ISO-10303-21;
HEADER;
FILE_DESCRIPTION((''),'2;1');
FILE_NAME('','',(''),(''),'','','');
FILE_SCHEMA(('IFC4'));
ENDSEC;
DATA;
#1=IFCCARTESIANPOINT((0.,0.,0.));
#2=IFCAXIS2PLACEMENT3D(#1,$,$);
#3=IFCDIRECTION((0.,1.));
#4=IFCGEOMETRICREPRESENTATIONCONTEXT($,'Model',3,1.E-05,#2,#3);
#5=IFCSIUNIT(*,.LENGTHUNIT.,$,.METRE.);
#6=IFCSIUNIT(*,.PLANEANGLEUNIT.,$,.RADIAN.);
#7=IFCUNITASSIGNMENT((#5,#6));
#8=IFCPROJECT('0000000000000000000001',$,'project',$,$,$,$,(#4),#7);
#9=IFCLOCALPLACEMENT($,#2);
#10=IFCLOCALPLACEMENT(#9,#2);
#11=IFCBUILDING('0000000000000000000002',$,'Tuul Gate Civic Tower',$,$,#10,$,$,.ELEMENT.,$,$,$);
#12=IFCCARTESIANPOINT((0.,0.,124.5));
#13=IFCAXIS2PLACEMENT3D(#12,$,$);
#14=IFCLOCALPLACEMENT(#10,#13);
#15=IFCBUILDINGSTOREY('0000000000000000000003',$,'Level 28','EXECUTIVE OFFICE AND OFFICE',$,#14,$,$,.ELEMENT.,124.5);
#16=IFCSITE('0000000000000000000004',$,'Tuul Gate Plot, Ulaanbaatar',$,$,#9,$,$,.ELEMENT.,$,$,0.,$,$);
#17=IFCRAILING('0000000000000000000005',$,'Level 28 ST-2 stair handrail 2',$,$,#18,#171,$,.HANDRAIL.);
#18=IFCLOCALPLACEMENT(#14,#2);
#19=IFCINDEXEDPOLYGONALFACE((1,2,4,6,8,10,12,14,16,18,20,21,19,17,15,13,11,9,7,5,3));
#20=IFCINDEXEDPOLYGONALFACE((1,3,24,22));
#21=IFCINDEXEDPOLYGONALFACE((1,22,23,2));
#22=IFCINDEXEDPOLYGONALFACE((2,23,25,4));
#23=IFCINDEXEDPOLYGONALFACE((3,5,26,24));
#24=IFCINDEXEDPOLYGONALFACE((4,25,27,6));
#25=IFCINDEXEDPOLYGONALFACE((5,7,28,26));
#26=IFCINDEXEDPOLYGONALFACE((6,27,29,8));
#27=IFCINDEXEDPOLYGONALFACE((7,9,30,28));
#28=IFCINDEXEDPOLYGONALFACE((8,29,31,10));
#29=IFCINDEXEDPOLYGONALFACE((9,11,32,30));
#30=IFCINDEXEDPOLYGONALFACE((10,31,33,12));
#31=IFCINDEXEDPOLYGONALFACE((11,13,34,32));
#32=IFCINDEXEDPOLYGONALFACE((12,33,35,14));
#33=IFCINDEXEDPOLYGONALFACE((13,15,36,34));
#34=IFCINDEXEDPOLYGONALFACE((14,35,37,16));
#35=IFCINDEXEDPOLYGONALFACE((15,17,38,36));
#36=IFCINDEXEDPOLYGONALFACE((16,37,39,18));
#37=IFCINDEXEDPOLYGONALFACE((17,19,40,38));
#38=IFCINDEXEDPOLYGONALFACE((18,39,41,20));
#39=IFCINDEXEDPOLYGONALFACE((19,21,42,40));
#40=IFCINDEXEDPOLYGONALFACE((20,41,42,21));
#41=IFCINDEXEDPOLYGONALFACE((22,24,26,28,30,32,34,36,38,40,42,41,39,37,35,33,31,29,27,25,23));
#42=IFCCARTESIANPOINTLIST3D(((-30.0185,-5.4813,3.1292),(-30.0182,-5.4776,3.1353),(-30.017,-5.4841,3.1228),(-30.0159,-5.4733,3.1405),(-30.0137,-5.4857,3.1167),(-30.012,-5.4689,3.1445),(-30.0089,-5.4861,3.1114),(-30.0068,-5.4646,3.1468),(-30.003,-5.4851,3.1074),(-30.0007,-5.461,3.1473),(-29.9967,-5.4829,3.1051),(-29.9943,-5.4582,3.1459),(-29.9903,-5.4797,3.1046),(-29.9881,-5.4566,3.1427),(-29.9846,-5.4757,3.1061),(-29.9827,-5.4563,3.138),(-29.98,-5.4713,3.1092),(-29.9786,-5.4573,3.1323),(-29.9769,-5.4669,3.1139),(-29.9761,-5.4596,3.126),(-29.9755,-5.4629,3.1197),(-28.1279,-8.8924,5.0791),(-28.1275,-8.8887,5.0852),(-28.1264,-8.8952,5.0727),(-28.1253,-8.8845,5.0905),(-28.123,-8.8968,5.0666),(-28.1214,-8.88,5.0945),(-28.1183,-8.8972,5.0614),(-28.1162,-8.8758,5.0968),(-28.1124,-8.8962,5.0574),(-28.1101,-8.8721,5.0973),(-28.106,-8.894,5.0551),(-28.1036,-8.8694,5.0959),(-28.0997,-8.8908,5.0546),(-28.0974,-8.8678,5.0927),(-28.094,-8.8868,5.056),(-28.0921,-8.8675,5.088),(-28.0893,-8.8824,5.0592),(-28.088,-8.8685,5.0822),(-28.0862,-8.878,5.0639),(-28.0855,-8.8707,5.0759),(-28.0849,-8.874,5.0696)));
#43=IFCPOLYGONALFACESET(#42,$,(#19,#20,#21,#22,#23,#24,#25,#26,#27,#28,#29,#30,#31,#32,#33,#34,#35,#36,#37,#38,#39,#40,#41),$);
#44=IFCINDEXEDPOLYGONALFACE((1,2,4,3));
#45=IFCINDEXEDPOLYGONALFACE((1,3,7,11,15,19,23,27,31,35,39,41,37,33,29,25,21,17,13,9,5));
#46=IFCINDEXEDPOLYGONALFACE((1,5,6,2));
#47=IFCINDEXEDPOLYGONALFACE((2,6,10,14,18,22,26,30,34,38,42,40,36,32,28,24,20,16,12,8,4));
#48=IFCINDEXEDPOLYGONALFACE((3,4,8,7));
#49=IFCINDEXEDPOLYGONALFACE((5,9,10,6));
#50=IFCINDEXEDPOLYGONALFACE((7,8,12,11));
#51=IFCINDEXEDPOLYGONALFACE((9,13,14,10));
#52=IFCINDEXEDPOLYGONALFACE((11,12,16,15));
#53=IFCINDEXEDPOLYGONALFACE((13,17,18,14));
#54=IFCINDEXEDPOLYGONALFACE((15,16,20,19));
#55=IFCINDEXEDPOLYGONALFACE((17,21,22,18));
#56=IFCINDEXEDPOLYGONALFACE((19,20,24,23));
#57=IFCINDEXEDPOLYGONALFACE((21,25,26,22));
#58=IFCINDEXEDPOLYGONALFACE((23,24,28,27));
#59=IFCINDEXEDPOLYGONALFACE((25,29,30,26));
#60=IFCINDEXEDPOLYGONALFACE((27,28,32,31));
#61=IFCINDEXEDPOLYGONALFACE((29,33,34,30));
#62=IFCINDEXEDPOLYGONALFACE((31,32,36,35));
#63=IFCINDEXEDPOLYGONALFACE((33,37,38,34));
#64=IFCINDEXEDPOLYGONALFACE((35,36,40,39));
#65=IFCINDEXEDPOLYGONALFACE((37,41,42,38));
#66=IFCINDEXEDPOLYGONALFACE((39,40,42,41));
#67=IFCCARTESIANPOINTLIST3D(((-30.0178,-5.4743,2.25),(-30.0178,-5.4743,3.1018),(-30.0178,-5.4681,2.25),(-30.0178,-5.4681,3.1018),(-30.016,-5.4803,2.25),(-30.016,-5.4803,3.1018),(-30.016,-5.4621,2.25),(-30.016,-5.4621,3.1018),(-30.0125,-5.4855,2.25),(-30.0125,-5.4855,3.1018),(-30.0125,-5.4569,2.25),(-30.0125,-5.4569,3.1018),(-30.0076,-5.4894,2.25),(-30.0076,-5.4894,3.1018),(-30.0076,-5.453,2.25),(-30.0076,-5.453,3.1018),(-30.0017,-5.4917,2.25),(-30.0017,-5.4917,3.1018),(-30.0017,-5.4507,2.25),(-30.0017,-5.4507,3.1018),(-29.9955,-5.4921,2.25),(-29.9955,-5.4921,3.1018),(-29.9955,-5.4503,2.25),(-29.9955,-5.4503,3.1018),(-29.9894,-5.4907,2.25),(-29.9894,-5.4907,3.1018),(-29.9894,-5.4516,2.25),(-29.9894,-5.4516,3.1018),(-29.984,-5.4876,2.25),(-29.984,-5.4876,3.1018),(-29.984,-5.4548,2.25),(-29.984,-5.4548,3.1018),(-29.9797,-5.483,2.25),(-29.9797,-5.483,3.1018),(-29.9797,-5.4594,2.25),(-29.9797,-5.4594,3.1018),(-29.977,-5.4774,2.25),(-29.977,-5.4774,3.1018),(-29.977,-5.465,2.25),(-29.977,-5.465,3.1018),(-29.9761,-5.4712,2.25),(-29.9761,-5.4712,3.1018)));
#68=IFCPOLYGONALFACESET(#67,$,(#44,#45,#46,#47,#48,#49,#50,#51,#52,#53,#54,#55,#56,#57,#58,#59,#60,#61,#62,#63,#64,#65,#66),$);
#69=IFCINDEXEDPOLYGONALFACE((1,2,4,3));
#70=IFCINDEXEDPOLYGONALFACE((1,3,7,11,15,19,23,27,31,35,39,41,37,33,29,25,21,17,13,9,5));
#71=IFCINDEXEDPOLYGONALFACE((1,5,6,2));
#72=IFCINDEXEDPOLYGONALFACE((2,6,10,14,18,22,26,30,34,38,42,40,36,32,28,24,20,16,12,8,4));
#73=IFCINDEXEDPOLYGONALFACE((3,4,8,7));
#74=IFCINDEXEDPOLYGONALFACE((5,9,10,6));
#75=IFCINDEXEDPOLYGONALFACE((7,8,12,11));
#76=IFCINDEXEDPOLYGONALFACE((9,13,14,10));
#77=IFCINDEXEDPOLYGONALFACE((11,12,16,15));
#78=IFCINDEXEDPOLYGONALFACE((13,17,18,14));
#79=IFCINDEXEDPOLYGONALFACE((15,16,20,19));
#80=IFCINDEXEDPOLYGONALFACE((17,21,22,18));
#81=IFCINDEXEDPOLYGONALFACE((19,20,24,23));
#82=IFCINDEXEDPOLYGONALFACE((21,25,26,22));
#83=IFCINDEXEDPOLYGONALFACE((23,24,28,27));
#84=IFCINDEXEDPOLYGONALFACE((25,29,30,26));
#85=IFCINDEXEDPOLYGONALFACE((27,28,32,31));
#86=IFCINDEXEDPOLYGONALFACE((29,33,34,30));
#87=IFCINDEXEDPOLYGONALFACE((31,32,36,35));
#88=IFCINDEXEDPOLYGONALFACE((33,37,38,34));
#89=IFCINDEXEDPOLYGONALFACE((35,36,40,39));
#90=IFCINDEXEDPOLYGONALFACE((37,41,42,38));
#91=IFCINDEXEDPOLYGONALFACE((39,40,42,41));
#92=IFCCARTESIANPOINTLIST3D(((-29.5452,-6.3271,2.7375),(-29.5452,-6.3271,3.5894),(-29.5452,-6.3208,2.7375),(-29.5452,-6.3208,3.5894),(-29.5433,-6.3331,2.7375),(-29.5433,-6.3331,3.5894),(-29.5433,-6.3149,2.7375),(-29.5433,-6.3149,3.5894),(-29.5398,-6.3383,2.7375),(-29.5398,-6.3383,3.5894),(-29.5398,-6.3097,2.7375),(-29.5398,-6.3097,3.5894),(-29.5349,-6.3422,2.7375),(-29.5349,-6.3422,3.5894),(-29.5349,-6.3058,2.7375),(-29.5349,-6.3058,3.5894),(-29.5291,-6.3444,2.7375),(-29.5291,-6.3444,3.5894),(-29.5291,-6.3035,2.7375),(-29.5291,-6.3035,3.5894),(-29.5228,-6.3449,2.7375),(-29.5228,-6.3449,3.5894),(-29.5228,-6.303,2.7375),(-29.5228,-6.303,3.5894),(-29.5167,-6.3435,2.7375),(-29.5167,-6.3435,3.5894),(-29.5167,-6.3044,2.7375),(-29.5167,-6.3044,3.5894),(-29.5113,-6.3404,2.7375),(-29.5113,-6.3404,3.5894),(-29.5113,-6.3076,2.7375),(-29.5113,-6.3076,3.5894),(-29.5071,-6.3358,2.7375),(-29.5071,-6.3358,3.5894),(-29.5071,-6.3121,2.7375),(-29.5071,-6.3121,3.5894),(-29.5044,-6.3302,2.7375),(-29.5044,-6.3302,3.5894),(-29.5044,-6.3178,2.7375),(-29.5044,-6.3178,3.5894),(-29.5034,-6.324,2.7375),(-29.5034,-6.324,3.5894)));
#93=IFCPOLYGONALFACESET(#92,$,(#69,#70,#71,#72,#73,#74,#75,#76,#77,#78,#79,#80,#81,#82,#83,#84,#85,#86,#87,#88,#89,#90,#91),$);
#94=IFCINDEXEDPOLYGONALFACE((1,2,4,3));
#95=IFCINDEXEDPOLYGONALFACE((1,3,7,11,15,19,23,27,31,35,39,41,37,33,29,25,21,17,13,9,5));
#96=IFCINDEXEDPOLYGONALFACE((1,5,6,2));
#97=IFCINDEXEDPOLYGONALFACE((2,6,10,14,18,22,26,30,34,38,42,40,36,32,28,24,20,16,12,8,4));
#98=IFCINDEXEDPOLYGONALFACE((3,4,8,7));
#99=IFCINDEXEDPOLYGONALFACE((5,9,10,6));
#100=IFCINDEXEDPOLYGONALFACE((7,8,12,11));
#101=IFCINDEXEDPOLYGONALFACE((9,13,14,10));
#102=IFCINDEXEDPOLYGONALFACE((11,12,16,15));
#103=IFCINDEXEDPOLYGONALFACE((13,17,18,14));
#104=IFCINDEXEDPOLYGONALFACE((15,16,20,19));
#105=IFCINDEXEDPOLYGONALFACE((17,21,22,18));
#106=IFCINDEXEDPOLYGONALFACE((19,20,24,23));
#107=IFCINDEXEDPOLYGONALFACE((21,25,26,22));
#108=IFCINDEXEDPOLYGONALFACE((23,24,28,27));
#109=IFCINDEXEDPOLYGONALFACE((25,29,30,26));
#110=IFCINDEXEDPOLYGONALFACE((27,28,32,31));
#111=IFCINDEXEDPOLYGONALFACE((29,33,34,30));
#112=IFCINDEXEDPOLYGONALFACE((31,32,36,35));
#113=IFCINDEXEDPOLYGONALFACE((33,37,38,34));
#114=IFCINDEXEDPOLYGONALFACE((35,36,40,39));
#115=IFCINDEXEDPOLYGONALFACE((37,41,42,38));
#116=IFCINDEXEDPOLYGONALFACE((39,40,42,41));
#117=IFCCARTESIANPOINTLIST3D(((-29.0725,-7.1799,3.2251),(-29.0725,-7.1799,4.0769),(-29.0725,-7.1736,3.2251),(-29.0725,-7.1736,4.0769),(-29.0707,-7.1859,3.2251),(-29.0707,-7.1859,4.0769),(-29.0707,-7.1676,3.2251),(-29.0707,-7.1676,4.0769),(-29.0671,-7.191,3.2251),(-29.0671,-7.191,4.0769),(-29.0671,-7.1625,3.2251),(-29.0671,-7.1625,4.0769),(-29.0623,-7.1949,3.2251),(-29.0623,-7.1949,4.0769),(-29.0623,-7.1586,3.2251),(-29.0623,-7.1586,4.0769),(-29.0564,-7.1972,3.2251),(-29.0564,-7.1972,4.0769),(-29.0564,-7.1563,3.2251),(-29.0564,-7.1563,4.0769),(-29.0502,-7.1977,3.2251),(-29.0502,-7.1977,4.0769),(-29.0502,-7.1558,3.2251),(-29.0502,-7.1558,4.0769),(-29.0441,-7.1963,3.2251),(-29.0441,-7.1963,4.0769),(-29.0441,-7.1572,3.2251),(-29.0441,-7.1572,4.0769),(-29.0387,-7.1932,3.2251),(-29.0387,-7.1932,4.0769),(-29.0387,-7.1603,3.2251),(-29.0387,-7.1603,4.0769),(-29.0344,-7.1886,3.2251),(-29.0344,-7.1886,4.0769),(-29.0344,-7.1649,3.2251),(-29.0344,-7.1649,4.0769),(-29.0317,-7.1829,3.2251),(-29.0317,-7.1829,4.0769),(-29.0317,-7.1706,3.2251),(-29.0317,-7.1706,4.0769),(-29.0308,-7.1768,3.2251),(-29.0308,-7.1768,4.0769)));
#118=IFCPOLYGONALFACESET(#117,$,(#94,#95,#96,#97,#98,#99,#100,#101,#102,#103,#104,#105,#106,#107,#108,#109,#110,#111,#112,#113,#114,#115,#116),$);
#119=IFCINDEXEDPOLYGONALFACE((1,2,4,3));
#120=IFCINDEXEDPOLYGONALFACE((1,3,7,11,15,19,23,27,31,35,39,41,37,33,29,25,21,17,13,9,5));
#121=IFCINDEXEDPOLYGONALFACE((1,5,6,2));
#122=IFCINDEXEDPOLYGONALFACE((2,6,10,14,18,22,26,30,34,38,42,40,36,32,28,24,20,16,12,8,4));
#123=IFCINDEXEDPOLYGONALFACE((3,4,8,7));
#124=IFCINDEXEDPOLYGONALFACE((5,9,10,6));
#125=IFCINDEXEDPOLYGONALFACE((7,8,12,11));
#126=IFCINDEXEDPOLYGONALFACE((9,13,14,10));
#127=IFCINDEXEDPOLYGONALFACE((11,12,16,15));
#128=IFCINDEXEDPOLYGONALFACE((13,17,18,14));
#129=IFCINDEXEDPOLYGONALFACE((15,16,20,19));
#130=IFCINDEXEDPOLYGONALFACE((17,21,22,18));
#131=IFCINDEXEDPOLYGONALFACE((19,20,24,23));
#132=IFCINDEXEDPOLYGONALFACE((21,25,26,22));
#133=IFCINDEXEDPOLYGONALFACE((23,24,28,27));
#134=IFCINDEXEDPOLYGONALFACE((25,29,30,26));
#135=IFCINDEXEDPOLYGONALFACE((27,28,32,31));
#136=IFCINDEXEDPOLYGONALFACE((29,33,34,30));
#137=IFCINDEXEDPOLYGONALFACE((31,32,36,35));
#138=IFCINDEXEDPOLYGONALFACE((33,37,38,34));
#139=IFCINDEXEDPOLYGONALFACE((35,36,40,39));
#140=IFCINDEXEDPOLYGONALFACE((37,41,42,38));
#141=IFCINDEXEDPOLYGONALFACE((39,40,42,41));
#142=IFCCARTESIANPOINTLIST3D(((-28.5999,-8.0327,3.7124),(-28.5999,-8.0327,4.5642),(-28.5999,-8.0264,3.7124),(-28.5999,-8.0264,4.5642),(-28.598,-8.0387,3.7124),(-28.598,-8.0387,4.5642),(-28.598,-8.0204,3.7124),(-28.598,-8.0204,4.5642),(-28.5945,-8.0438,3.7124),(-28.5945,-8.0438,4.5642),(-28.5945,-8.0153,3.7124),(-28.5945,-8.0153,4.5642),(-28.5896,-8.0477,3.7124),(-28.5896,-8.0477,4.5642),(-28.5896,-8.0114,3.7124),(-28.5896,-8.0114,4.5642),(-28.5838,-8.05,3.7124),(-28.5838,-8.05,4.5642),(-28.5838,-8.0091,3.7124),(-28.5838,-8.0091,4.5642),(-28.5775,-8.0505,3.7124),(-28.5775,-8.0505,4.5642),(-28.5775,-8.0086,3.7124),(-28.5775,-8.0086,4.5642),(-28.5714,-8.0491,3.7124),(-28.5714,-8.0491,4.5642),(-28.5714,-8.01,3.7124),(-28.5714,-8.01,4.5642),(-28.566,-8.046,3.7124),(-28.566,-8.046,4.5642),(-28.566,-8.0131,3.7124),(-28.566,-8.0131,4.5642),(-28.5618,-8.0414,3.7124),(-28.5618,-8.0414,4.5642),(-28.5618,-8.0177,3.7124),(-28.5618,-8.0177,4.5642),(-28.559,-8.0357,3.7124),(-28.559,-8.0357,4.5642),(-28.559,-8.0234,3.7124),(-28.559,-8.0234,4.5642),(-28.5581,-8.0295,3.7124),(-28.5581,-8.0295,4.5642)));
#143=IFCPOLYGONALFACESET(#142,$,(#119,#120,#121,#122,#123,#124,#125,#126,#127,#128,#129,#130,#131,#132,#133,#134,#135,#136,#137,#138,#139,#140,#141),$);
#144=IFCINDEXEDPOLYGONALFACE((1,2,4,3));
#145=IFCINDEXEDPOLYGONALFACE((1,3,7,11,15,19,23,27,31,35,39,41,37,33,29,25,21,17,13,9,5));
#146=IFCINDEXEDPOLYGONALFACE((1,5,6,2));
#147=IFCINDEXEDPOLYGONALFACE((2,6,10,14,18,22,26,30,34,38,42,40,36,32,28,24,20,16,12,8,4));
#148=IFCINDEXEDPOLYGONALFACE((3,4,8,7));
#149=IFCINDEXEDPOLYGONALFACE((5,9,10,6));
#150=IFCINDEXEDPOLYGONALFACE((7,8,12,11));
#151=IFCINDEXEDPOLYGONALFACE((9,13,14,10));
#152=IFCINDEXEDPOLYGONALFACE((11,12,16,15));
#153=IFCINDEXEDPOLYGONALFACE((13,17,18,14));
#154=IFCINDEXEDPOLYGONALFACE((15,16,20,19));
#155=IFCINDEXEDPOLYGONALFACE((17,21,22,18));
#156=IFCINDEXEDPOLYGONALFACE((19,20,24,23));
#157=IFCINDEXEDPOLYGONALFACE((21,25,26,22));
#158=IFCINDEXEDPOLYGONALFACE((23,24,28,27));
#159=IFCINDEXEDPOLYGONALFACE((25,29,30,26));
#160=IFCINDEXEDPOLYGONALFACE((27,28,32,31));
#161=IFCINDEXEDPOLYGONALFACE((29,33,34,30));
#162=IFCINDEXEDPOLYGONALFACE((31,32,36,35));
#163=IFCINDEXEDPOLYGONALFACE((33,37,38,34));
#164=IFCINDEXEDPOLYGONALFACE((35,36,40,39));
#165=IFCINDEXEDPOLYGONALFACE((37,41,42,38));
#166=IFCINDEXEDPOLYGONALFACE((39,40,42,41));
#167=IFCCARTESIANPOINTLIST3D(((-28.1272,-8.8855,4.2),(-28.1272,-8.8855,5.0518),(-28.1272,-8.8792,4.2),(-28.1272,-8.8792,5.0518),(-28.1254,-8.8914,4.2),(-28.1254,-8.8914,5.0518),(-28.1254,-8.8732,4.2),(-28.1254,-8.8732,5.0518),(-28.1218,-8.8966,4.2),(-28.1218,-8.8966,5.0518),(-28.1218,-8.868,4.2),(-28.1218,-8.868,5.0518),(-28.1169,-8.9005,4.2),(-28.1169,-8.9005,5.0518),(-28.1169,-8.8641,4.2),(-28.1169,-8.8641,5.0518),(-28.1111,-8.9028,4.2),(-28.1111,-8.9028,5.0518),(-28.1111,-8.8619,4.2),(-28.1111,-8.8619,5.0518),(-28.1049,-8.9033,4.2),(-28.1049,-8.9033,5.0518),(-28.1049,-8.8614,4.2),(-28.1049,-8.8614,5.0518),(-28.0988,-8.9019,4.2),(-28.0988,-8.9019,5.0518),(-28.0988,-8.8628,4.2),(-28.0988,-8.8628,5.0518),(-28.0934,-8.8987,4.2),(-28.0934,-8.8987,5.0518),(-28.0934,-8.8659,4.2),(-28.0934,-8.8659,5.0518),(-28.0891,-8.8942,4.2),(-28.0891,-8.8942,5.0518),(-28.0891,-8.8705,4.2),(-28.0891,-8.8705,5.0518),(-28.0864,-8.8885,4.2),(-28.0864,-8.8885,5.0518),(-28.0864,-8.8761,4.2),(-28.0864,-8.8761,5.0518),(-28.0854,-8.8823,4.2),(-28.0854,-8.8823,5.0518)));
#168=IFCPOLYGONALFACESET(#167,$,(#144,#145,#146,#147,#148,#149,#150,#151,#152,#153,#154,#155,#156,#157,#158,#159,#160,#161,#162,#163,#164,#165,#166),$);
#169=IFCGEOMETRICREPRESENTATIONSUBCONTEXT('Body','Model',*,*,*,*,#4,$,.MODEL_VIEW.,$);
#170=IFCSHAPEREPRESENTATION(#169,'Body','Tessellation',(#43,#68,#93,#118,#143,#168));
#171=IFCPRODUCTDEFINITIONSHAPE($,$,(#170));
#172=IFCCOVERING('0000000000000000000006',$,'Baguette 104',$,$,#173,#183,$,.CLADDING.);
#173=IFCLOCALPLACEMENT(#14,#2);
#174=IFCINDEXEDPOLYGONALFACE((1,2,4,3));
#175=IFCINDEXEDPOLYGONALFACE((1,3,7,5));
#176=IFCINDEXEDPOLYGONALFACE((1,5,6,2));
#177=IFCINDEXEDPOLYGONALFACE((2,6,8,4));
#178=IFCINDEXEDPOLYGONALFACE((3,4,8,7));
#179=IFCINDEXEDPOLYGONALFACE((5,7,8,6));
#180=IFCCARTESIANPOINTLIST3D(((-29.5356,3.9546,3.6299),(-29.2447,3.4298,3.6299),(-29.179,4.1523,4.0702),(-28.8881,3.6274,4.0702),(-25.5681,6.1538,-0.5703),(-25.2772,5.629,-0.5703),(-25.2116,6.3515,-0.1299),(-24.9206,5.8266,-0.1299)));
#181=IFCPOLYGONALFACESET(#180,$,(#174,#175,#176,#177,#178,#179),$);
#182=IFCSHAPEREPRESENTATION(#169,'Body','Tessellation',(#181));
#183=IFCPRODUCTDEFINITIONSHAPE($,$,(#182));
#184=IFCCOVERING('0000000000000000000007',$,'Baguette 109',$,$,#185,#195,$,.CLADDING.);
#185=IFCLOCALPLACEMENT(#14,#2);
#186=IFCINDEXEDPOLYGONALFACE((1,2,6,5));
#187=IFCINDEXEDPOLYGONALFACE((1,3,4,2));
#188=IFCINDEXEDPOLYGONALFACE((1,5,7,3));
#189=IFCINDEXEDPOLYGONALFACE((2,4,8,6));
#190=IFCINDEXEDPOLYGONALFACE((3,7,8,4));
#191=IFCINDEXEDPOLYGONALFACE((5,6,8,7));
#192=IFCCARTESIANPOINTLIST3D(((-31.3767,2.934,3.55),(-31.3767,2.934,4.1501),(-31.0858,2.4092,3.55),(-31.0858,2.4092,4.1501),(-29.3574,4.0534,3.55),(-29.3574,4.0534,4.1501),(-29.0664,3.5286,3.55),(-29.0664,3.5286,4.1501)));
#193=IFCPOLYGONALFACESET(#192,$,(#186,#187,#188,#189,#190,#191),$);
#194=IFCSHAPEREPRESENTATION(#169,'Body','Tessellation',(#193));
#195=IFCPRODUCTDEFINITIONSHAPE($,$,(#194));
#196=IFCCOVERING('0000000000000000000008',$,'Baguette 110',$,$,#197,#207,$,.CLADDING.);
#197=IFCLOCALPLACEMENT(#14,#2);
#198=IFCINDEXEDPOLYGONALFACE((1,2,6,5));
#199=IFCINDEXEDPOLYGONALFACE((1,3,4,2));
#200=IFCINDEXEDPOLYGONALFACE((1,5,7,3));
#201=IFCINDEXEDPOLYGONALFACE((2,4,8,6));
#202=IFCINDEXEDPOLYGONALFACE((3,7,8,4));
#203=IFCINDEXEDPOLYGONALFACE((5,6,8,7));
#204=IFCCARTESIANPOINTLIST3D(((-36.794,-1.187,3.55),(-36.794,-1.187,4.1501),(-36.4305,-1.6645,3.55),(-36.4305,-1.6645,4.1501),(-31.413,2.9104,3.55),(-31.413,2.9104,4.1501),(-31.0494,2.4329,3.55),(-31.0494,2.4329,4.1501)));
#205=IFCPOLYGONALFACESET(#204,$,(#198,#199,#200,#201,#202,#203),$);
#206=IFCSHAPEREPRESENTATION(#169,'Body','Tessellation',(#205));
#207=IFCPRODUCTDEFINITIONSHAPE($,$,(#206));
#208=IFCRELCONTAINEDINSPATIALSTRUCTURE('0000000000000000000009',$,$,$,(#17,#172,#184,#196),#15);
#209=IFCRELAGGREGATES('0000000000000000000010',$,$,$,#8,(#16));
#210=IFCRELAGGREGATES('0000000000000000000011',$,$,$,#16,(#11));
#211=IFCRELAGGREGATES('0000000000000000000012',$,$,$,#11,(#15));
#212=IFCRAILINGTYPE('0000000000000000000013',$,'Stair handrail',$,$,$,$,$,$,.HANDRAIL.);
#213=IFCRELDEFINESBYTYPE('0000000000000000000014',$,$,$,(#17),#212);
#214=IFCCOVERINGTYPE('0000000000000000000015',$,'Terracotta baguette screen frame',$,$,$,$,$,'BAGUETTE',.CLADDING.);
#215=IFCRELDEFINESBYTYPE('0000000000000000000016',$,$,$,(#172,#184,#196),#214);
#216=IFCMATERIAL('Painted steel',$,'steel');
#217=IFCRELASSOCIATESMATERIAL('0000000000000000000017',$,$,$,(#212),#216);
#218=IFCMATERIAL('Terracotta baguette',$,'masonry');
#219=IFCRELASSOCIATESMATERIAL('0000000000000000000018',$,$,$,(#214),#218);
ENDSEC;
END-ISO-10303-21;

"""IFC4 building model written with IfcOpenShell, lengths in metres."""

from ifc_helpers import new_model, si_unit, direction, frame, origin, origin_2d, place, context, subcontext, project, spatial, rectangle, circle, extrude, material, material_profile, profile_set, type_object, element, save


model = new_model("IFC4")

# Units and contexts
model_context = context("Model", 3, precision=1e-05, world=origin(), true_north=direction((0.0, 1.0)))
body_context = subcontext(model_context, "Body", "Model", "MODEL_VIEW")
ifc_project = project(units=[si_unit("LENGTHUNIT", "METRE"), si_unit("PLANEANGLEUNIT", "RADIAN")], contexts=[model_context])

# Site, building, storey
site_placement = place(None, origin())
site = spatial("IfcSite", under=ifc_project, at=site_placement, Name="Tuul Gate Plot, Ulaanbaatar", CompositionType="ELEMENT", RefElevation=0.0)
building_placement = place(site_placement, origin())
building = spatial("IfcBuilding", under=site, at=building_placement, Name="Tuul Gate Civic Tower", CompositionType="ELEMENT")
storey_placement = place(building_placement, frame((0.0, 0.0, 124.5)))
storey = spatial("IfcBuildingStorey", under=building, at=storey_placement, Name="Level 28", Description="EXECUTIVE OFFICE AND OFFICE", CompositionType="ELEMENT", Elevation=124.5)

# Railing
ifc_material_1 = material(Name="Painted steel", Category="steel")
railing_type = type_object("IfcRailingType", Name="Stair handrail", PredefinedType="HANDRAIL", material=ifc_material_1)
railing_placement = place(storey_placement, frame((-29.9971, -5.4712, 2.25)))
element("IfcRailing", 1, at=railing_placement, inside=storey, type_object=railing_type, Name="Level 28 ST-2 stair handrail 2", PredefinedType="HANDRAIL", context=body_context, shape_type="SweptSolid", body=[
    extrude(circle(Radius=0.0239, at=origin_2d()), frame((0.0, 0.0, 0.876), z_axis=(0.433595, -0.782308, 0.447201), x_axis=(0.874641, 0.484771, 0.0)), (0.0, 0.0, 1.0), 4.3604),
    extrude(circle(Radius=0.021, at=origin_2d()), origin(), (0.0, 0.0, 1.0), 0.8518),
    extrude(circle(Radius=0.021, at=origin_2d()), frame((0.4727, -0.8528, 0.4875)), (0.0, 0.0, 1.0), 0.8518),
    extrude(circle(Radius=0.021, at=origin_2d()), frame((0.9453, -1.7056, 0.9751)), (0.0, 0.0, 1.0), 0.8518),
    extrude(circle(Radius=0.021, at=origin_2d()), frame((1.418, -2.5583, 1.4624)), (0.0, 0.0, 1.0), 0.8518),
    extrude(circle(Radius=0.021, at=origin_2d()), frame((1.8906, -3.4111, 1.95)), (0.0, 0.0, 1.0), 0.8518),
])

# Coverings
ifc_material_2 = material(Name="Terracotta baguette", Category="masonry")
ifc_material_profile_1 = material_profile(ifc_material_2, rectangle(XDim=0.6001, YDim=0.6001, at=origin_2d()), Name="Terracotta baguette screen frame")
ifc_profile_set_1 = profile_set([ifc_material_profile_1], Name="Terracotta baguette")
covering_type = type_object("IfcCoveringType", Name="Terracotta baguette screen frame", ElementType="BAGUETTE", PredefinedType="CLADDING", material=ifc_profile_set_1)
covering_1_placement = place(storey_placement, frame((-25.2444, 5.9902, -0.3501), z_axis=(-0.641767, -0.355734, 0.679402), x_axis=(0.484806, -0.874621, 0.0)))
element("IfcCovering", 2, at=covering_1_placement, inside=storey, type_object=covering_type, Name="Baguette 104", PredefinedType="CLADDING", context=body_context, shape_type="SweptSolid", body=[
    extrude(rectangle(XDim=0.6001, YDim=0.6001, at=origin_2d()), origin(), (0.0, 0.0, 1.0), 6.1821),
])
covering_2_placement = place(storey_placement, frame((-29.2119, 3.791, 3.8501), z_axis=(-0.874606, -0.484835, 0.0), x_axis=(0.484835, -0.874606, 0.0)))
element("IfcCovering", 3, at=covering_2_placement, inside=storey, type_object=covering_type, Name="Baguette 109", PredefinedType="CLADDING", context=body_context, shape_type="SweptSolid", body=[
    extrude(rectangle(XDim=0.6001, YDim=0.6001, at=origin_2d()), origin(), (0.0, 0.0, 1.0), 2.3088),
])
covering_3_placement = place(storey_placement, frame((-31.2312, 2.6716, 3.8501), z_axis=(-0.795608, -0.605812, 0.0), x_axis=(0.605812, -0.795608, 0.0)))
element("IfcCovering", 4, at=covering_3_placement, inside=storey, type_object=covering_type, Name="Baguette 110", PredefinedType="CLADDING", context=body_context, shape_type="SweptSolid", body=[
    extrude(rectangle(XDim=0.6001, YDim=0.6001, at=origin_2d()), origin(), (0.0, 0.0, 1.0), 6.7634),
])

save(model, "model.ifc")
